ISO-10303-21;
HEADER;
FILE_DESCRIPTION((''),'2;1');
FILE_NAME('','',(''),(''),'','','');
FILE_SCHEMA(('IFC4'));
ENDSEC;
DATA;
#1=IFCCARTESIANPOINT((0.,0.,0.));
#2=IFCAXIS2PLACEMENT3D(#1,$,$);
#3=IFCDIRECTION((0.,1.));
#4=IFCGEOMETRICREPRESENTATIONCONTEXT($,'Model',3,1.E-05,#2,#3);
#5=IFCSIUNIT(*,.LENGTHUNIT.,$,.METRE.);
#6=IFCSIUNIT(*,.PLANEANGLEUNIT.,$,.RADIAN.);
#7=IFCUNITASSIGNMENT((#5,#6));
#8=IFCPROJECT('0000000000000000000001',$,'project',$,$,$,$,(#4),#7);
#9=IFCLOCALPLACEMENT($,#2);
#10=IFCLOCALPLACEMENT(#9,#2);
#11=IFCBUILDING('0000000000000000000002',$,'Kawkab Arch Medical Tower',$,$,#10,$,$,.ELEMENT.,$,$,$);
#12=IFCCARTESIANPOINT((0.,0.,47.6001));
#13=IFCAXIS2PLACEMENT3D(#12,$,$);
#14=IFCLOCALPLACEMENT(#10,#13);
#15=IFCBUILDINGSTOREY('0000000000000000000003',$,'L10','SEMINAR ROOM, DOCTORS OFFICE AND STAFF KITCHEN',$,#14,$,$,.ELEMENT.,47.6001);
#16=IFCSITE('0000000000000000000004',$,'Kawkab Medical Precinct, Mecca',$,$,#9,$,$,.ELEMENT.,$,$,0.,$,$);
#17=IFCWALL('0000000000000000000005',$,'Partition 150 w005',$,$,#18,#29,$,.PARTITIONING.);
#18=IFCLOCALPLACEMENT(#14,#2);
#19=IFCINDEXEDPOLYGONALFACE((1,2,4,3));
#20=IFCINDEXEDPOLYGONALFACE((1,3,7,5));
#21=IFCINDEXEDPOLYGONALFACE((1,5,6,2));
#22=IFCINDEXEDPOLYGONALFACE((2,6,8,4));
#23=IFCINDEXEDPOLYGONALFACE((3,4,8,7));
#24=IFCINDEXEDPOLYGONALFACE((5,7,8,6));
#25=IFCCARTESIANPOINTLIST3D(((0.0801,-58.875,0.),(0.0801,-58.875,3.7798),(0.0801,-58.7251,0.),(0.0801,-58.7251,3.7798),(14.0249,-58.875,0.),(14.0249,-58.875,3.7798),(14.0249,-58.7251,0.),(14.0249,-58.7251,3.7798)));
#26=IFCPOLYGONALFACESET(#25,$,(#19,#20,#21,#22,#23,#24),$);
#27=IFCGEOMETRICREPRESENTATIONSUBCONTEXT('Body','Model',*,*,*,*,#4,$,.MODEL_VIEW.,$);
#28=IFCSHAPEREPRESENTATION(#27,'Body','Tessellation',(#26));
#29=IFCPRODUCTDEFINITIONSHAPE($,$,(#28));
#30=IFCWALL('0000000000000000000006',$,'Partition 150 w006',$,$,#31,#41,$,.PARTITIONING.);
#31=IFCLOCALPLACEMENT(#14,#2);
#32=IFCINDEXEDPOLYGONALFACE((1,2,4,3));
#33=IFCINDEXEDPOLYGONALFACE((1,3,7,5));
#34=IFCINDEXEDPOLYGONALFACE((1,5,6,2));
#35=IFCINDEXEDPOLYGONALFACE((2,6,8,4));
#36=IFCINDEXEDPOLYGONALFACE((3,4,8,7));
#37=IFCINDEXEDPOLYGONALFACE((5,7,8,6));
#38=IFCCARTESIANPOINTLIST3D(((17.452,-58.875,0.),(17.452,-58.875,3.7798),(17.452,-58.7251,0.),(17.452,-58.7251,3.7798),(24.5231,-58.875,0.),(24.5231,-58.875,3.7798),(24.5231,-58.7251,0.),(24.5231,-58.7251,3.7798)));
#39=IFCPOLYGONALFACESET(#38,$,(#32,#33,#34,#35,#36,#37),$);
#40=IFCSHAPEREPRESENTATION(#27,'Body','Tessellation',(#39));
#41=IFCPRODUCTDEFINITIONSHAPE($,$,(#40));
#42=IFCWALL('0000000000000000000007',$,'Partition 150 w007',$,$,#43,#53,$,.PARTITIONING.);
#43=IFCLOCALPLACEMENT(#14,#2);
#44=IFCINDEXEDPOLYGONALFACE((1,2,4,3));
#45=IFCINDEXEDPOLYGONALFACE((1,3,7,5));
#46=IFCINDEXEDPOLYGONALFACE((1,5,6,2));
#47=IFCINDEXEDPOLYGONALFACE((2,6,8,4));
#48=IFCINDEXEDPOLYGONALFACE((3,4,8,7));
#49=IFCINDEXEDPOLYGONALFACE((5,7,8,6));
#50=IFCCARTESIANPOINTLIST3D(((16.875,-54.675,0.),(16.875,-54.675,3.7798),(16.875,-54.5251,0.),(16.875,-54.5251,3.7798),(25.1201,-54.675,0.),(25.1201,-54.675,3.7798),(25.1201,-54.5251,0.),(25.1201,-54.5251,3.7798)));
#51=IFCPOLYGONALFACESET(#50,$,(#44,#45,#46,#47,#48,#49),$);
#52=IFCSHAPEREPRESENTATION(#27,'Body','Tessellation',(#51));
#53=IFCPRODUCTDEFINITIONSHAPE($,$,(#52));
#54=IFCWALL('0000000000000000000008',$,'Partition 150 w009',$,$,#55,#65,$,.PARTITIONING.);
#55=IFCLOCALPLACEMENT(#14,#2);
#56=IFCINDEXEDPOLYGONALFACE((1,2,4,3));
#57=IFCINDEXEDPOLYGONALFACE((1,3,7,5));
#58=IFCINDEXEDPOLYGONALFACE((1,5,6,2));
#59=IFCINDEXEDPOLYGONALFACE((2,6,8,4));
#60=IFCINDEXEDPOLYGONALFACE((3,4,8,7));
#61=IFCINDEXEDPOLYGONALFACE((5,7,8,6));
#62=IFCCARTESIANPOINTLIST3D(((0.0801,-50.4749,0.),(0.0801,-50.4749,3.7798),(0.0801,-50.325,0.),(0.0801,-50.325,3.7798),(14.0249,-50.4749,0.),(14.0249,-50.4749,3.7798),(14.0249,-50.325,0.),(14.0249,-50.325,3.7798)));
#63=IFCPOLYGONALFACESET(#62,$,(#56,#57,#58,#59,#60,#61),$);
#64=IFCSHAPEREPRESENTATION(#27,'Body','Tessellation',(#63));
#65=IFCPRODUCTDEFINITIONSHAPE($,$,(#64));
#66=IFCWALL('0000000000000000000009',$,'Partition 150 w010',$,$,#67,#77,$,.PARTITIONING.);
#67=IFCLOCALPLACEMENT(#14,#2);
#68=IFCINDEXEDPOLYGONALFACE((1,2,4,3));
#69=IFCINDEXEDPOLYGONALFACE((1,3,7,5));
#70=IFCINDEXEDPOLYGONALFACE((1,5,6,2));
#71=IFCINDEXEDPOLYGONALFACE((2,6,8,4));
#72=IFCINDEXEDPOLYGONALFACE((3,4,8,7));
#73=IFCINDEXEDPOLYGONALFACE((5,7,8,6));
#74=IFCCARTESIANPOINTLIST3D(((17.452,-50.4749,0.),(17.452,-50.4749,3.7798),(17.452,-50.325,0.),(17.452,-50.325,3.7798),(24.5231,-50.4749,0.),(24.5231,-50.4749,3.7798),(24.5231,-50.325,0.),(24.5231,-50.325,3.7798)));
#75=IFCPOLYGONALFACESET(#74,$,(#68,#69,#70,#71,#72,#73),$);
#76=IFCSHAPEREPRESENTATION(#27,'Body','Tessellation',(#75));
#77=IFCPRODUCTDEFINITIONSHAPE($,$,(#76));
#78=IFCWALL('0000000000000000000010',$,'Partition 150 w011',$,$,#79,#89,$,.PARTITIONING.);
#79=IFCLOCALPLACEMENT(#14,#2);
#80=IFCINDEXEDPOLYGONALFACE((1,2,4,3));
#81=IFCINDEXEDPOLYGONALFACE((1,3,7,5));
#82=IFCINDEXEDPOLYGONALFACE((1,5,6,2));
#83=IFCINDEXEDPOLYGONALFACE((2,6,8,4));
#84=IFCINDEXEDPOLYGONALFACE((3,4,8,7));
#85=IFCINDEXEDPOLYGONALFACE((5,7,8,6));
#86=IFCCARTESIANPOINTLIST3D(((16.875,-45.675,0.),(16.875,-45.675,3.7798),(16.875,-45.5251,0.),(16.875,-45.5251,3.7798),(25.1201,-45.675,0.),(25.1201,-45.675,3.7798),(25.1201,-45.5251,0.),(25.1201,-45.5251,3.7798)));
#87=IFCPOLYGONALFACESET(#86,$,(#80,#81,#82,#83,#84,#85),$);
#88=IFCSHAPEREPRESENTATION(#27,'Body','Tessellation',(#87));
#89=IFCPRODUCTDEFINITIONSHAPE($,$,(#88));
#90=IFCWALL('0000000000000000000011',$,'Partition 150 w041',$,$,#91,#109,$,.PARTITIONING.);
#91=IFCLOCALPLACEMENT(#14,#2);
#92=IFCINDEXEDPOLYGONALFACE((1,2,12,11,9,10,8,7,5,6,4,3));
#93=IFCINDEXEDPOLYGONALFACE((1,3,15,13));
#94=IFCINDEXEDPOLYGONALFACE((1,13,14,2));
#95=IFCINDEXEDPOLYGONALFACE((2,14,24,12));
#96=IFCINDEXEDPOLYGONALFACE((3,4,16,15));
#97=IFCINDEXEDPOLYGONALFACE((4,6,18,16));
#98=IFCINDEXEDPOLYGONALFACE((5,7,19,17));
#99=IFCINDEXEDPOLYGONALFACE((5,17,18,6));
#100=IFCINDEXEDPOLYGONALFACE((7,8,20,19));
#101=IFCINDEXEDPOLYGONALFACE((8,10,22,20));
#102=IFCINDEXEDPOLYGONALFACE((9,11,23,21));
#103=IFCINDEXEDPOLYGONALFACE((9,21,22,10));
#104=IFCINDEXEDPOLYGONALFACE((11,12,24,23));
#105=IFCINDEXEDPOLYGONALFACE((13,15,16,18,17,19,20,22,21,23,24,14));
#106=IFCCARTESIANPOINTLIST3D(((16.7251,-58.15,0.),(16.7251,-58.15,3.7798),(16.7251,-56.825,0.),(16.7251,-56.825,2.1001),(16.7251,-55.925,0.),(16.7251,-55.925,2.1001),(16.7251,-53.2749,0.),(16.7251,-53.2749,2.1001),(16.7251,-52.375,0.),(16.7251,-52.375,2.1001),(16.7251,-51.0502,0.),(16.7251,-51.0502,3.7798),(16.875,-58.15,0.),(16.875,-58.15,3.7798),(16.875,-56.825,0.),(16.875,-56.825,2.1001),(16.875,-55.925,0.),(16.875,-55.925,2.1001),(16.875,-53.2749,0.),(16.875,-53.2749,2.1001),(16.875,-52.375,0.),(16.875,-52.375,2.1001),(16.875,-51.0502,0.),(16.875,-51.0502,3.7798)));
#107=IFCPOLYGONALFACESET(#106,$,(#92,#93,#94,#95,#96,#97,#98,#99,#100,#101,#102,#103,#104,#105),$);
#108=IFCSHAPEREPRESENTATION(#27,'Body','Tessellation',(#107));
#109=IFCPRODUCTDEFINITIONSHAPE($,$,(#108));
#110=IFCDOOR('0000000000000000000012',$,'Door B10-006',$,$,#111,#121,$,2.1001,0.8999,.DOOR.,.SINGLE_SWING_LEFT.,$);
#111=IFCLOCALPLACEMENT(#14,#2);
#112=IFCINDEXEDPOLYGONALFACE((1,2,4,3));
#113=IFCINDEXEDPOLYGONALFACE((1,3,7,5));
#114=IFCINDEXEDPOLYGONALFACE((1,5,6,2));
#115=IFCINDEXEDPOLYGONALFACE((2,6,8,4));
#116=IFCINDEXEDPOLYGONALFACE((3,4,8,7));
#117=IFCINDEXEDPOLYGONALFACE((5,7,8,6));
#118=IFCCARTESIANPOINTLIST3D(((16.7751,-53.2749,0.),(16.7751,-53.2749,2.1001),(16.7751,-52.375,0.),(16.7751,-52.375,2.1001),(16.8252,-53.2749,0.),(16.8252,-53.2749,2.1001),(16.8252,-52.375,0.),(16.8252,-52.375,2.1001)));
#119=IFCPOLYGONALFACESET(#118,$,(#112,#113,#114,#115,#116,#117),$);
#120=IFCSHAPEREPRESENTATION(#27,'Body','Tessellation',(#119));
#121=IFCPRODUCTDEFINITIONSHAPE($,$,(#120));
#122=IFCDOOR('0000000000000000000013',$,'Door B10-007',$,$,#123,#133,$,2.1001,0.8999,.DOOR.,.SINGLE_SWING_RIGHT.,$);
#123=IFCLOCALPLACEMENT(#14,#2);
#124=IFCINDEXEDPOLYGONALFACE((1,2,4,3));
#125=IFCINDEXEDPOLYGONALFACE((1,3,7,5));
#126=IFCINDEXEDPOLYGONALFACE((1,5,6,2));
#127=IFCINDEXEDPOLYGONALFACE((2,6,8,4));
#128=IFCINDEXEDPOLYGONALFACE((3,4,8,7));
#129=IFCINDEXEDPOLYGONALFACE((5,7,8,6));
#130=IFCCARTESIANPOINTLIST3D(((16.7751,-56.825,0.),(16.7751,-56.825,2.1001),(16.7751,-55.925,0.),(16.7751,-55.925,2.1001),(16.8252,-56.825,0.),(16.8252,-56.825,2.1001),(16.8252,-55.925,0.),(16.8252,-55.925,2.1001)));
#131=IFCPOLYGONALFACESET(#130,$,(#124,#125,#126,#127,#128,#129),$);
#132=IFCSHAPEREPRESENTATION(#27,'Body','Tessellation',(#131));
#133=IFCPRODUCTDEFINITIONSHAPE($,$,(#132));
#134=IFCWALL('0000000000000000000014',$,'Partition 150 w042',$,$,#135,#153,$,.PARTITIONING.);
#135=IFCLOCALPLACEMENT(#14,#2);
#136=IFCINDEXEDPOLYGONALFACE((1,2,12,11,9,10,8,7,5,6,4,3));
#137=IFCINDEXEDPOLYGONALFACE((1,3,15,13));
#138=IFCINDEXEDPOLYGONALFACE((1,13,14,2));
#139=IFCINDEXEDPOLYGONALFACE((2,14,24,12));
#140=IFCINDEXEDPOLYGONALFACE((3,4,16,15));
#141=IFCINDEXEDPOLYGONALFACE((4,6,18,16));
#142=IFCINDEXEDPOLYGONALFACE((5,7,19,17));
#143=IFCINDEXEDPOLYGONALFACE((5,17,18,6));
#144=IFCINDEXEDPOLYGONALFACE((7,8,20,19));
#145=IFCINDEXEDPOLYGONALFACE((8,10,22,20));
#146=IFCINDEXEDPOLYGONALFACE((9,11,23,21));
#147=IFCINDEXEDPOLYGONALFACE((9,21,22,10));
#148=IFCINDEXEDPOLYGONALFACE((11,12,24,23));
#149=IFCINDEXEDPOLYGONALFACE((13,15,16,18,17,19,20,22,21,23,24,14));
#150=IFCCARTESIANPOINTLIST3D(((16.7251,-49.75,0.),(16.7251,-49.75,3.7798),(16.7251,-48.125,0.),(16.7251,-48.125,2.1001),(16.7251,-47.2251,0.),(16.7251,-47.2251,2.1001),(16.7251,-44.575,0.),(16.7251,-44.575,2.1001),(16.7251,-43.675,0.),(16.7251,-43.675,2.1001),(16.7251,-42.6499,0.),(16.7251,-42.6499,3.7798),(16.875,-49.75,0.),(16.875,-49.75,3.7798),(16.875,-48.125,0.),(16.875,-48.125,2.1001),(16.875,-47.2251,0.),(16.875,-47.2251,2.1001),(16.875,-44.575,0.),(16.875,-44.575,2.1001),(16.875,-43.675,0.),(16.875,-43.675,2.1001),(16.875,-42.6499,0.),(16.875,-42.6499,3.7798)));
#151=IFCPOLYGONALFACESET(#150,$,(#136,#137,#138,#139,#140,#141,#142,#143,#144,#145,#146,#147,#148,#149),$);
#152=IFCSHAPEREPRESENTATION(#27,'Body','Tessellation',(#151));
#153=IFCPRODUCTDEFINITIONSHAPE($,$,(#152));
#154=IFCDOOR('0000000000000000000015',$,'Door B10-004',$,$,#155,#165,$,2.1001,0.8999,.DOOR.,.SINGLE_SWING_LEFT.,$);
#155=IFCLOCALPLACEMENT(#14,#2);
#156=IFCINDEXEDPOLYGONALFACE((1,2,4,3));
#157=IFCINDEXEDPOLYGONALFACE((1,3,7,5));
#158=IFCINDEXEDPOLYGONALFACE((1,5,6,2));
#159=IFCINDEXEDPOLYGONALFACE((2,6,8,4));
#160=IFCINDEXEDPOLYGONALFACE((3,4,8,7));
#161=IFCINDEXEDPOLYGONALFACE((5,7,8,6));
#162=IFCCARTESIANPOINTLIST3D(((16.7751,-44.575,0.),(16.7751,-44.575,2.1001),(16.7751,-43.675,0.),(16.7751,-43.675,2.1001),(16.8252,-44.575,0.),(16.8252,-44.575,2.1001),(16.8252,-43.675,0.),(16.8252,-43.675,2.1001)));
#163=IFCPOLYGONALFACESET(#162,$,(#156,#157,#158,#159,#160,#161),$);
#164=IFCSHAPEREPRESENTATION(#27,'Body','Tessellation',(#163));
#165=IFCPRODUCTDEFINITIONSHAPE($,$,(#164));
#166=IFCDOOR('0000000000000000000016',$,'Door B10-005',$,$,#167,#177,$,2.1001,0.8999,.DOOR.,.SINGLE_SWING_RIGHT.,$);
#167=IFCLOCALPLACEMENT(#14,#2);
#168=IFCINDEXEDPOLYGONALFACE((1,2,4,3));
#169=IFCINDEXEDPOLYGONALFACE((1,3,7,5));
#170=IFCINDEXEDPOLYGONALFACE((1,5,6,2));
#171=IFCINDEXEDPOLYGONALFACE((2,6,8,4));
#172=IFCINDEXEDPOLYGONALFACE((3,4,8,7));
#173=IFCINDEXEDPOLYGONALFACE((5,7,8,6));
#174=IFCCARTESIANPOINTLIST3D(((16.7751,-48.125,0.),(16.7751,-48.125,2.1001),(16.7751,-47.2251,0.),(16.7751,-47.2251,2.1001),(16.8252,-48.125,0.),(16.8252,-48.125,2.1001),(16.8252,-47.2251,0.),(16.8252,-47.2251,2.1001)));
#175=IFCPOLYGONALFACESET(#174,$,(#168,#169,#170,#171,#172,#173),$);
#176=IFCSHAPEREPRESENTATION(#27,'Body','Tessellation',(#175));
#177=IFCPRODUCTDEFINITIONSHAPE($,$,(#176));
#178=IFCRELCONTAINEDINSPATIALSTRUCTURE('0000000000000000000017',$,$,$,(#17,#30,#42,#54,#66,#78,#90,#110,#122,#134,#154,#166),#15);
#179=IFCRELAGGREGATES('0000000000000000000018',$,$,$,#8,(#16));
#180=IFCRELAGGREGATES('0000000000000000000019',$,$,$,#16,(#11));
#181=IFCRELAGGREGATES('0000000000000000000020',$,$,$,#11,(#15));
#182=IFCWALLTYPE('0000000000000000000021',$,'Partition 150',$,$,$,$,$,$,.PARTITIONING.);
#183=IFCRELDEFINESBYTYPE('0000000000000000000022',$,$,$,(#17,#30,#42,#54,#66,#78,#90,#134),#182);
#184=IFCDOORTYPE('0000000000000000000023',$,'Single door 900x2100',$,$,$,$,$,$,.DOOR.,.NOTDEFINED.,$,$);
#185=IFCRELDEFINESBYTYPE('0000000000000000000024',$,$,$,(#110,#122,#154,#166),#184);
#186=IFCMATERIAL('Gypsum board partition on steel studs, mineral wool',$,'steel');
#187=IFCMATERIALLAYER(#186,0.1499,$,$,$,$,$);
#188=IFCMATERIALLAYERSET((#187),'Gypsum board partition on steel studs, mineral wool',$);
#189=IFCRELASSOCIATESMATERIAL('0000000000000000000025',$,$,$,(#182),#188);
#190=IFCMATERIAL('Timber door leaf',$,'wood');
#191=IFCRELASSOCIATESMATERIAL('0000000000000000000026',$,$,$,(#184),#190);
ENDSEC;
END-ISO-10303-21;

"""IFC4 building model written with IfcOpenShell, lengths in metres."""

from ifc_helpers import new_model, si_unit, direction, frame, frame_2d, origin, place, context, subcontext, project, spatial, rectangle, extrude, material, layer, layer_set, type_object, element, fill, save


model = new_model("IFC4")

# Units and contexts
model_context = context("Model", 3, precision=1e-05, world=origin(), true_north=direction((0.0, 1.0)))
body_context = subcontext(model_context, "Body", "Model", "MODEL_VIEW")
ifc_project = project(units=[si_unit("LENGTHUNIT", "METRE"), si_unit("PLANEANGLEUNIT", "RADIAN")], contexts=[model_context])

# Site, building, storey
site_placement = place(None, origin())
site = spatial("IfcSite", under=ifc_project, at=site_placement, Name="Kawkab Medical Precinct, Mecca", CompositionType="ELEMENT", RefElevation=0.0)
building_placement = place(site_placement, origin())
building = spatial("IfcBuilding", under=site, at=building_placement, Name="Kawkab Arch Medical Tower", CompositionType="ELEMENT")
storey_placement = place(building_placement, frame((0.0, 0.0, 47.6001)))
storey = spatial("IfcBuildingStorey", under=building, at=storey_placement, Name="L10", Description="SEMINAR ROOM, DOCTORS OFFICE AND STAFF KITCHEN", CompositionType="ELEMENT", Elevation=47.6001)

# Walls
ifc_material_1 = material(Name="Gypsum board partition on steel studs, mineral wool", Category="steel")
ifc_layer_1 = layer(ifc_material_1, 0.1499)
ifc_layer_set_1 = layer_set([ifc_layer_1], Name="Gypsum board partition on steel studs, mineral wool")
wall_type = type_object("IfcWallType", Name="Partition 150", PredefinedType="PARTITIONING", material=ifc_layer_set_1)
wall_1_placement = place(storey_placement, frame((0.0801, -58.8, 0.0), z_axis=(0.0, 0.0, 1.0), x_axis=(1.0, 0.0, 0.0)))
element("IfcWall", 1, at=wall_1_placement, inside=storey, type_object=wall_type, Name="Partition 150 w005", PredefinedType="PARTITIONING", context=body_context, shape_type="SweptSolid", body=[
    extrude(rectangle(XDim=13.9448, YDim=0.1499, at=frame_2d((6.9724, 0.0))), origin(), (0.0, 0.0, 1.0), 3.7798),
])
wall_2_placement = place(storey_placement, frame((17.4519, -58.8, 0.0), z_axis=(0.0, 0.0, 1.0), x_axis=(1.0, 0.0, 0.0)))
element("IfcWall", 2, at=wall_2_placement, inside=storey, type_object=wall_type, Name="Partition 150 w006", PredefinedType="PARTITIONING", context=body_context, shape_type="SweptSolid", body=[
    extrude(rectangle(XDim=7.071, YDim=0.1499, at=frame_2d((3.5356, 0.0))), origin(), (0.0, 0.0, 1.0), 3.7798),
])
wall_3_placement = place(storey_placement, frame((16.875, -54.6001, 0.0), z_axis=(0.0, 0.0, 1.0), x_axis=(1.0, 0.0, 0.0)))
element("IfcWall", 3, at=wall_3_placement, inside=storey, type_object=wall_type, Name="Partition 150 w007", PredefinedType="PARTITIONING", context=body_context, shape_type="SweptSolid", body=[
    extrude(rectangle(XDim=8.2451, YDim=0.1499, at=frame_2d((4.1226, 0.0))), origin(), (0.0, 0.0, 1.0), 3.7798),
])
wall_4_placement = place(storey_placement, frame((0.0801, -50.3999, 0.0), z_axis=(0.0, 0.0, 1.0), x_axis=(1.0, 0.0, 0.0)))
element("IfcWall", 4, at=wall_4_placement, inside=storey, type_object=wall_type, Name="Partition 150 w009", PredefinedType="PARTITIONING", context=body_context, shape_type="SweptSolid", body=[
    extrude(rectangle(XDim=13.9448, YDim=0.1499, at=frame_2d((6.9724, 0.0))), origin(), (0.0, 0.0, 1.0), 3.7798),
])
wall_5_placement = place(storey_placement, frame((17.4519, -50.3999, 0.0), z_axis=(0.0, 0.0, 1.0), x_axis=(1.0, 0.0, 0.0)))
element("IfcWall", 5, at=wall_5_placement, inside=storey, type_object=wall_type, Name="Partition 150 w010", PredefinedType="PARTITIONING", context=body_context, shape_type="SweptSolid", body=[
    extrude(rectangle(XDim=7.071, YDim=0.1499, at=frame_2d((3.5356, 0.0))), origin(), (0.0, 0.0, 1.0), 3.7798),
])
wall_6_placement = place(storey_placement, frame((16.875, -45.6001, 0.0), z_axis=(0.0, 0.0, 1.0), x_axis=(1.0, 0.0, 0.0)))
element("IfcWall", 6, at=wall_6_placement, inside=storey, type_object=wall_type, Name="Partition 150 w011", PredefinedType="PARTITIONING", context=body_context, shape_type="SweptSolid", body=[
    extrude(rectangle(XDim=8.2451, YDim=0.1499, at=frame_2d((4.1226, 0.0))), origin(), (0.0, 0.0, 1.0), 3.7798),
])

# Walls, openings, doors
wall_7_placement = place(storey_placement, frame((16.8, -58.1499, 0.0), z_axis=(0.0, 0.0, 1.0), x_axis=(0.0, 1.0, 0.0)))
wall_7 = element("IfcWall", 7, at=wall_7_placement, inside=storey, type_object=wall_type, Name="Partition 150 w041", PredefinedType="PARTITIONING", context=body_context, shape_type="SweptSolid", body=[
    extrude(rectangle(XDim=7.0999, YDim=0.1499, at=frame_2d((3.5498, 0.0))), origin(), (0.0, 0.0, 1.0), 3.7798),
])
opening_1_placement = place(wall_7_placement, frame((4.875, 0.0, 0.0)))
opening_1 = element("IfcOpeningElement", 8, at=opening_1_placement, cuts=wall_7, PredefinedType="OPENING", context=body_context, shape_type="SweptSolid", body=[
    extrude(rectangle(XDim=0.8999, YDim=2.1001, at=frame_2d((0.45, 1.05))), frame((0.0, 0.085, 0.0), z_axis=(0.0, -1.0, 0.0), x_axis=(1.0, 0.0, 0.0)), (0.0, 0.0, 1.0), 0.1699),
])
opening_2_placement = place(wall_7_placement, frame((1.325, 0.0, 0.0)))
opening_2 = element("IfcOpeningElement", 9, at=opening_2_placement, cuts=wall_7, PredefinedType="OPENING", context=body_context, shape_type="SweptSolid", body=[
    extrude(rectangle(XDim=0.8999, YDim=2.1001, at=frame_2d((0.45, 1.05))), frame((0.0, 0.085, 0.0), z_axis=(0.0, -1.0, 0.0), x_axis=(1.0, 0.0, 0.0)), (0.0, 0.0, 1.0), 0.1699),
])
ifc_material_2 = material(Name="Timber door leaf", Category="wood")
door_type = type_object("IfcDoorType", Name="Single door 900x2100", OperationType="NOTDEFINED", PredefinedType="DOOR", material=ifc_material_2)
door_1_placement = place(opening_1_placement, origin())
door_1 = element("IfcDoor", 10, at=door_1_placement, inside=storey, type_object=door_type, Name="Door B10-006", OperationType="SINGLE_SWING_LEFT", OverallHeight=2.1001, OverallWidth=0.8999, PredefinedType="DOOR", context=body_context, shape_type="SweptSolid", body=[
    extrude(rectangle(XDim=0.8999, YDim=2.1001, at=frame_2d((0.45, 1.05))), frame((0.0, 0.0249, 0.0), z_axis=(0.0, -1.0, 0.0), x_axis=(1.0, 0.0, 0.0)), (0.0, 0.0, 1.0), 0.05),
])
fill(opening_1, door_1)
door_2_placement = place(opening_2_placement, origin())
door_2 = element("IfcDoor", 11, at=door_2_placement, inside=storey, type_object=door_type, Name="Door B10-007", OperationType="SINGLE_SWING_RIGHT", OverallHeight=2.1001, OverallWidth=0.8999, PredefinedType="DOOR", context=body_context, shape_type="SweptSolid", body=[
    extrude(rectangle(XDim=0.8999, YDim=2.1001, at=frame_2d((0.45, 1.05))), frame((0.0, 0.0249, 0.0), z_axis=(0.0, -1.0, 0.0), x_axis=(1.0, 0.0, 0.0)), (0.0, 0.0, 1.0), 0.05),
])
fill(opening_2, door_2)
wall_8_placement = place(storey_placement, frame((16.8, -49.75, 0.0), z_axis=(0.0, 0.0, 1.0), x_axis=(0.0, 1.0, 0.0)))
wall_8 = element("IfcWall", 12, at=wall_8_placement, inside=storey, type_object=wall_type, Name="Partition 150 w042", PredefinedType="PARTITIONING", context=body_context, shape_type="SweptSolid", body=[
    extrude(rectangle(XDim=7.1001, YDim=0.1499, at=frame_2d((3.55, 0.0))), origin(), (0.0, 0.0, 1.0), 3.7798),
])
opening_3_placement = place(wall_8_placement, frame((5.175, 0.0, 0.0)))
opening_3 = element("IfcOpeningElement", 13, at=opening_3_placement, cuts=wall_8, PredefinedType="OPENING", context=body_context, shape_type="SweptSolid", body=[
    extrude(rectangle(XDim=0.8999, YDim=2.1001, at=frame_2d((0.45, 1.05))), frame((0.0, 0.085, 0.0), z_axis=(0.0, -1.0, 0.0), x_axis=(1.0, 0.0, 0.0)), (0.0, 0.0, 1.0), 0.1699),
])
opening_4_placement = place(wall_8_placement, frame((1.625, 0.0, 0.0)))
opening_4 = element("IfcOpeningElement", 14, at=opening_4_placement, cuts=wall_8, PredefinedType="OPENING", context=body_context, shape_type="SweptSolid", body=[
    extrude(rectangle(XDim=0.8999, YDim=2.1001, at=frame_2d((0.45, 1.05))), frame((0.0, 0.085, 0.0), z_axis=(0.0, -1.0, 0.0), x_axis=(1.0, 0.0, 0.0)), (0.0, 0.0, 1.0), 0.1699),
])
door_3_placement = place(opening_3_placement, origin())
door_3 = element("IfcDoor", 15, at=door_3_placement, inside=storey, type_object=door_type, Name="Door B10-004", OperationType="SINGLE_SWING_LEFT", OverallHeight=2.1001, OverallWidth=0.8999, PredefinedType="DOOR", context=body_context, shape_type="SweptSolid", body=[
    extrude(rectangle(XDim=0.8999, YDim=2.1001, at=frame_2d((0.45, 1.05))), frame((0.0, 0.0249, 0.0), z_axis=(0.0, -1.0, 0.0), x_axis=(1.0, 0.0, 0.0)), (0.0, 0.0, 1.0), 0.05),
])
fill(opening_3, door_3)
door_4_placement = place(opening_4_placement, origin())
door_4 = element("IfcDoor", 16, at=door_4_placement, inside=storey, type_object=door_type, Name="Door B10-005", OperationType="SINGLE_SWING_RIGHT", OverallHeight=2.1001, OverallWidth=0.8999, PredefinedType="DOOR", context=body_context, shape_type="SweptSolid", body=[
    extrude(rectangle(XDim=0.8999, YDim=2.1001, at=frame_2d((0.45, 1.05))), frame((0.0, 0.0249, 0.0), z_axis=(0.0, -1.0, 0.0), x_axis=(1.0, 0.0, 0.0)), (0.0, 0.0, 1.0), 0.05),
])
fill(opening_4, door_4)

save(model, "model.ifc")
